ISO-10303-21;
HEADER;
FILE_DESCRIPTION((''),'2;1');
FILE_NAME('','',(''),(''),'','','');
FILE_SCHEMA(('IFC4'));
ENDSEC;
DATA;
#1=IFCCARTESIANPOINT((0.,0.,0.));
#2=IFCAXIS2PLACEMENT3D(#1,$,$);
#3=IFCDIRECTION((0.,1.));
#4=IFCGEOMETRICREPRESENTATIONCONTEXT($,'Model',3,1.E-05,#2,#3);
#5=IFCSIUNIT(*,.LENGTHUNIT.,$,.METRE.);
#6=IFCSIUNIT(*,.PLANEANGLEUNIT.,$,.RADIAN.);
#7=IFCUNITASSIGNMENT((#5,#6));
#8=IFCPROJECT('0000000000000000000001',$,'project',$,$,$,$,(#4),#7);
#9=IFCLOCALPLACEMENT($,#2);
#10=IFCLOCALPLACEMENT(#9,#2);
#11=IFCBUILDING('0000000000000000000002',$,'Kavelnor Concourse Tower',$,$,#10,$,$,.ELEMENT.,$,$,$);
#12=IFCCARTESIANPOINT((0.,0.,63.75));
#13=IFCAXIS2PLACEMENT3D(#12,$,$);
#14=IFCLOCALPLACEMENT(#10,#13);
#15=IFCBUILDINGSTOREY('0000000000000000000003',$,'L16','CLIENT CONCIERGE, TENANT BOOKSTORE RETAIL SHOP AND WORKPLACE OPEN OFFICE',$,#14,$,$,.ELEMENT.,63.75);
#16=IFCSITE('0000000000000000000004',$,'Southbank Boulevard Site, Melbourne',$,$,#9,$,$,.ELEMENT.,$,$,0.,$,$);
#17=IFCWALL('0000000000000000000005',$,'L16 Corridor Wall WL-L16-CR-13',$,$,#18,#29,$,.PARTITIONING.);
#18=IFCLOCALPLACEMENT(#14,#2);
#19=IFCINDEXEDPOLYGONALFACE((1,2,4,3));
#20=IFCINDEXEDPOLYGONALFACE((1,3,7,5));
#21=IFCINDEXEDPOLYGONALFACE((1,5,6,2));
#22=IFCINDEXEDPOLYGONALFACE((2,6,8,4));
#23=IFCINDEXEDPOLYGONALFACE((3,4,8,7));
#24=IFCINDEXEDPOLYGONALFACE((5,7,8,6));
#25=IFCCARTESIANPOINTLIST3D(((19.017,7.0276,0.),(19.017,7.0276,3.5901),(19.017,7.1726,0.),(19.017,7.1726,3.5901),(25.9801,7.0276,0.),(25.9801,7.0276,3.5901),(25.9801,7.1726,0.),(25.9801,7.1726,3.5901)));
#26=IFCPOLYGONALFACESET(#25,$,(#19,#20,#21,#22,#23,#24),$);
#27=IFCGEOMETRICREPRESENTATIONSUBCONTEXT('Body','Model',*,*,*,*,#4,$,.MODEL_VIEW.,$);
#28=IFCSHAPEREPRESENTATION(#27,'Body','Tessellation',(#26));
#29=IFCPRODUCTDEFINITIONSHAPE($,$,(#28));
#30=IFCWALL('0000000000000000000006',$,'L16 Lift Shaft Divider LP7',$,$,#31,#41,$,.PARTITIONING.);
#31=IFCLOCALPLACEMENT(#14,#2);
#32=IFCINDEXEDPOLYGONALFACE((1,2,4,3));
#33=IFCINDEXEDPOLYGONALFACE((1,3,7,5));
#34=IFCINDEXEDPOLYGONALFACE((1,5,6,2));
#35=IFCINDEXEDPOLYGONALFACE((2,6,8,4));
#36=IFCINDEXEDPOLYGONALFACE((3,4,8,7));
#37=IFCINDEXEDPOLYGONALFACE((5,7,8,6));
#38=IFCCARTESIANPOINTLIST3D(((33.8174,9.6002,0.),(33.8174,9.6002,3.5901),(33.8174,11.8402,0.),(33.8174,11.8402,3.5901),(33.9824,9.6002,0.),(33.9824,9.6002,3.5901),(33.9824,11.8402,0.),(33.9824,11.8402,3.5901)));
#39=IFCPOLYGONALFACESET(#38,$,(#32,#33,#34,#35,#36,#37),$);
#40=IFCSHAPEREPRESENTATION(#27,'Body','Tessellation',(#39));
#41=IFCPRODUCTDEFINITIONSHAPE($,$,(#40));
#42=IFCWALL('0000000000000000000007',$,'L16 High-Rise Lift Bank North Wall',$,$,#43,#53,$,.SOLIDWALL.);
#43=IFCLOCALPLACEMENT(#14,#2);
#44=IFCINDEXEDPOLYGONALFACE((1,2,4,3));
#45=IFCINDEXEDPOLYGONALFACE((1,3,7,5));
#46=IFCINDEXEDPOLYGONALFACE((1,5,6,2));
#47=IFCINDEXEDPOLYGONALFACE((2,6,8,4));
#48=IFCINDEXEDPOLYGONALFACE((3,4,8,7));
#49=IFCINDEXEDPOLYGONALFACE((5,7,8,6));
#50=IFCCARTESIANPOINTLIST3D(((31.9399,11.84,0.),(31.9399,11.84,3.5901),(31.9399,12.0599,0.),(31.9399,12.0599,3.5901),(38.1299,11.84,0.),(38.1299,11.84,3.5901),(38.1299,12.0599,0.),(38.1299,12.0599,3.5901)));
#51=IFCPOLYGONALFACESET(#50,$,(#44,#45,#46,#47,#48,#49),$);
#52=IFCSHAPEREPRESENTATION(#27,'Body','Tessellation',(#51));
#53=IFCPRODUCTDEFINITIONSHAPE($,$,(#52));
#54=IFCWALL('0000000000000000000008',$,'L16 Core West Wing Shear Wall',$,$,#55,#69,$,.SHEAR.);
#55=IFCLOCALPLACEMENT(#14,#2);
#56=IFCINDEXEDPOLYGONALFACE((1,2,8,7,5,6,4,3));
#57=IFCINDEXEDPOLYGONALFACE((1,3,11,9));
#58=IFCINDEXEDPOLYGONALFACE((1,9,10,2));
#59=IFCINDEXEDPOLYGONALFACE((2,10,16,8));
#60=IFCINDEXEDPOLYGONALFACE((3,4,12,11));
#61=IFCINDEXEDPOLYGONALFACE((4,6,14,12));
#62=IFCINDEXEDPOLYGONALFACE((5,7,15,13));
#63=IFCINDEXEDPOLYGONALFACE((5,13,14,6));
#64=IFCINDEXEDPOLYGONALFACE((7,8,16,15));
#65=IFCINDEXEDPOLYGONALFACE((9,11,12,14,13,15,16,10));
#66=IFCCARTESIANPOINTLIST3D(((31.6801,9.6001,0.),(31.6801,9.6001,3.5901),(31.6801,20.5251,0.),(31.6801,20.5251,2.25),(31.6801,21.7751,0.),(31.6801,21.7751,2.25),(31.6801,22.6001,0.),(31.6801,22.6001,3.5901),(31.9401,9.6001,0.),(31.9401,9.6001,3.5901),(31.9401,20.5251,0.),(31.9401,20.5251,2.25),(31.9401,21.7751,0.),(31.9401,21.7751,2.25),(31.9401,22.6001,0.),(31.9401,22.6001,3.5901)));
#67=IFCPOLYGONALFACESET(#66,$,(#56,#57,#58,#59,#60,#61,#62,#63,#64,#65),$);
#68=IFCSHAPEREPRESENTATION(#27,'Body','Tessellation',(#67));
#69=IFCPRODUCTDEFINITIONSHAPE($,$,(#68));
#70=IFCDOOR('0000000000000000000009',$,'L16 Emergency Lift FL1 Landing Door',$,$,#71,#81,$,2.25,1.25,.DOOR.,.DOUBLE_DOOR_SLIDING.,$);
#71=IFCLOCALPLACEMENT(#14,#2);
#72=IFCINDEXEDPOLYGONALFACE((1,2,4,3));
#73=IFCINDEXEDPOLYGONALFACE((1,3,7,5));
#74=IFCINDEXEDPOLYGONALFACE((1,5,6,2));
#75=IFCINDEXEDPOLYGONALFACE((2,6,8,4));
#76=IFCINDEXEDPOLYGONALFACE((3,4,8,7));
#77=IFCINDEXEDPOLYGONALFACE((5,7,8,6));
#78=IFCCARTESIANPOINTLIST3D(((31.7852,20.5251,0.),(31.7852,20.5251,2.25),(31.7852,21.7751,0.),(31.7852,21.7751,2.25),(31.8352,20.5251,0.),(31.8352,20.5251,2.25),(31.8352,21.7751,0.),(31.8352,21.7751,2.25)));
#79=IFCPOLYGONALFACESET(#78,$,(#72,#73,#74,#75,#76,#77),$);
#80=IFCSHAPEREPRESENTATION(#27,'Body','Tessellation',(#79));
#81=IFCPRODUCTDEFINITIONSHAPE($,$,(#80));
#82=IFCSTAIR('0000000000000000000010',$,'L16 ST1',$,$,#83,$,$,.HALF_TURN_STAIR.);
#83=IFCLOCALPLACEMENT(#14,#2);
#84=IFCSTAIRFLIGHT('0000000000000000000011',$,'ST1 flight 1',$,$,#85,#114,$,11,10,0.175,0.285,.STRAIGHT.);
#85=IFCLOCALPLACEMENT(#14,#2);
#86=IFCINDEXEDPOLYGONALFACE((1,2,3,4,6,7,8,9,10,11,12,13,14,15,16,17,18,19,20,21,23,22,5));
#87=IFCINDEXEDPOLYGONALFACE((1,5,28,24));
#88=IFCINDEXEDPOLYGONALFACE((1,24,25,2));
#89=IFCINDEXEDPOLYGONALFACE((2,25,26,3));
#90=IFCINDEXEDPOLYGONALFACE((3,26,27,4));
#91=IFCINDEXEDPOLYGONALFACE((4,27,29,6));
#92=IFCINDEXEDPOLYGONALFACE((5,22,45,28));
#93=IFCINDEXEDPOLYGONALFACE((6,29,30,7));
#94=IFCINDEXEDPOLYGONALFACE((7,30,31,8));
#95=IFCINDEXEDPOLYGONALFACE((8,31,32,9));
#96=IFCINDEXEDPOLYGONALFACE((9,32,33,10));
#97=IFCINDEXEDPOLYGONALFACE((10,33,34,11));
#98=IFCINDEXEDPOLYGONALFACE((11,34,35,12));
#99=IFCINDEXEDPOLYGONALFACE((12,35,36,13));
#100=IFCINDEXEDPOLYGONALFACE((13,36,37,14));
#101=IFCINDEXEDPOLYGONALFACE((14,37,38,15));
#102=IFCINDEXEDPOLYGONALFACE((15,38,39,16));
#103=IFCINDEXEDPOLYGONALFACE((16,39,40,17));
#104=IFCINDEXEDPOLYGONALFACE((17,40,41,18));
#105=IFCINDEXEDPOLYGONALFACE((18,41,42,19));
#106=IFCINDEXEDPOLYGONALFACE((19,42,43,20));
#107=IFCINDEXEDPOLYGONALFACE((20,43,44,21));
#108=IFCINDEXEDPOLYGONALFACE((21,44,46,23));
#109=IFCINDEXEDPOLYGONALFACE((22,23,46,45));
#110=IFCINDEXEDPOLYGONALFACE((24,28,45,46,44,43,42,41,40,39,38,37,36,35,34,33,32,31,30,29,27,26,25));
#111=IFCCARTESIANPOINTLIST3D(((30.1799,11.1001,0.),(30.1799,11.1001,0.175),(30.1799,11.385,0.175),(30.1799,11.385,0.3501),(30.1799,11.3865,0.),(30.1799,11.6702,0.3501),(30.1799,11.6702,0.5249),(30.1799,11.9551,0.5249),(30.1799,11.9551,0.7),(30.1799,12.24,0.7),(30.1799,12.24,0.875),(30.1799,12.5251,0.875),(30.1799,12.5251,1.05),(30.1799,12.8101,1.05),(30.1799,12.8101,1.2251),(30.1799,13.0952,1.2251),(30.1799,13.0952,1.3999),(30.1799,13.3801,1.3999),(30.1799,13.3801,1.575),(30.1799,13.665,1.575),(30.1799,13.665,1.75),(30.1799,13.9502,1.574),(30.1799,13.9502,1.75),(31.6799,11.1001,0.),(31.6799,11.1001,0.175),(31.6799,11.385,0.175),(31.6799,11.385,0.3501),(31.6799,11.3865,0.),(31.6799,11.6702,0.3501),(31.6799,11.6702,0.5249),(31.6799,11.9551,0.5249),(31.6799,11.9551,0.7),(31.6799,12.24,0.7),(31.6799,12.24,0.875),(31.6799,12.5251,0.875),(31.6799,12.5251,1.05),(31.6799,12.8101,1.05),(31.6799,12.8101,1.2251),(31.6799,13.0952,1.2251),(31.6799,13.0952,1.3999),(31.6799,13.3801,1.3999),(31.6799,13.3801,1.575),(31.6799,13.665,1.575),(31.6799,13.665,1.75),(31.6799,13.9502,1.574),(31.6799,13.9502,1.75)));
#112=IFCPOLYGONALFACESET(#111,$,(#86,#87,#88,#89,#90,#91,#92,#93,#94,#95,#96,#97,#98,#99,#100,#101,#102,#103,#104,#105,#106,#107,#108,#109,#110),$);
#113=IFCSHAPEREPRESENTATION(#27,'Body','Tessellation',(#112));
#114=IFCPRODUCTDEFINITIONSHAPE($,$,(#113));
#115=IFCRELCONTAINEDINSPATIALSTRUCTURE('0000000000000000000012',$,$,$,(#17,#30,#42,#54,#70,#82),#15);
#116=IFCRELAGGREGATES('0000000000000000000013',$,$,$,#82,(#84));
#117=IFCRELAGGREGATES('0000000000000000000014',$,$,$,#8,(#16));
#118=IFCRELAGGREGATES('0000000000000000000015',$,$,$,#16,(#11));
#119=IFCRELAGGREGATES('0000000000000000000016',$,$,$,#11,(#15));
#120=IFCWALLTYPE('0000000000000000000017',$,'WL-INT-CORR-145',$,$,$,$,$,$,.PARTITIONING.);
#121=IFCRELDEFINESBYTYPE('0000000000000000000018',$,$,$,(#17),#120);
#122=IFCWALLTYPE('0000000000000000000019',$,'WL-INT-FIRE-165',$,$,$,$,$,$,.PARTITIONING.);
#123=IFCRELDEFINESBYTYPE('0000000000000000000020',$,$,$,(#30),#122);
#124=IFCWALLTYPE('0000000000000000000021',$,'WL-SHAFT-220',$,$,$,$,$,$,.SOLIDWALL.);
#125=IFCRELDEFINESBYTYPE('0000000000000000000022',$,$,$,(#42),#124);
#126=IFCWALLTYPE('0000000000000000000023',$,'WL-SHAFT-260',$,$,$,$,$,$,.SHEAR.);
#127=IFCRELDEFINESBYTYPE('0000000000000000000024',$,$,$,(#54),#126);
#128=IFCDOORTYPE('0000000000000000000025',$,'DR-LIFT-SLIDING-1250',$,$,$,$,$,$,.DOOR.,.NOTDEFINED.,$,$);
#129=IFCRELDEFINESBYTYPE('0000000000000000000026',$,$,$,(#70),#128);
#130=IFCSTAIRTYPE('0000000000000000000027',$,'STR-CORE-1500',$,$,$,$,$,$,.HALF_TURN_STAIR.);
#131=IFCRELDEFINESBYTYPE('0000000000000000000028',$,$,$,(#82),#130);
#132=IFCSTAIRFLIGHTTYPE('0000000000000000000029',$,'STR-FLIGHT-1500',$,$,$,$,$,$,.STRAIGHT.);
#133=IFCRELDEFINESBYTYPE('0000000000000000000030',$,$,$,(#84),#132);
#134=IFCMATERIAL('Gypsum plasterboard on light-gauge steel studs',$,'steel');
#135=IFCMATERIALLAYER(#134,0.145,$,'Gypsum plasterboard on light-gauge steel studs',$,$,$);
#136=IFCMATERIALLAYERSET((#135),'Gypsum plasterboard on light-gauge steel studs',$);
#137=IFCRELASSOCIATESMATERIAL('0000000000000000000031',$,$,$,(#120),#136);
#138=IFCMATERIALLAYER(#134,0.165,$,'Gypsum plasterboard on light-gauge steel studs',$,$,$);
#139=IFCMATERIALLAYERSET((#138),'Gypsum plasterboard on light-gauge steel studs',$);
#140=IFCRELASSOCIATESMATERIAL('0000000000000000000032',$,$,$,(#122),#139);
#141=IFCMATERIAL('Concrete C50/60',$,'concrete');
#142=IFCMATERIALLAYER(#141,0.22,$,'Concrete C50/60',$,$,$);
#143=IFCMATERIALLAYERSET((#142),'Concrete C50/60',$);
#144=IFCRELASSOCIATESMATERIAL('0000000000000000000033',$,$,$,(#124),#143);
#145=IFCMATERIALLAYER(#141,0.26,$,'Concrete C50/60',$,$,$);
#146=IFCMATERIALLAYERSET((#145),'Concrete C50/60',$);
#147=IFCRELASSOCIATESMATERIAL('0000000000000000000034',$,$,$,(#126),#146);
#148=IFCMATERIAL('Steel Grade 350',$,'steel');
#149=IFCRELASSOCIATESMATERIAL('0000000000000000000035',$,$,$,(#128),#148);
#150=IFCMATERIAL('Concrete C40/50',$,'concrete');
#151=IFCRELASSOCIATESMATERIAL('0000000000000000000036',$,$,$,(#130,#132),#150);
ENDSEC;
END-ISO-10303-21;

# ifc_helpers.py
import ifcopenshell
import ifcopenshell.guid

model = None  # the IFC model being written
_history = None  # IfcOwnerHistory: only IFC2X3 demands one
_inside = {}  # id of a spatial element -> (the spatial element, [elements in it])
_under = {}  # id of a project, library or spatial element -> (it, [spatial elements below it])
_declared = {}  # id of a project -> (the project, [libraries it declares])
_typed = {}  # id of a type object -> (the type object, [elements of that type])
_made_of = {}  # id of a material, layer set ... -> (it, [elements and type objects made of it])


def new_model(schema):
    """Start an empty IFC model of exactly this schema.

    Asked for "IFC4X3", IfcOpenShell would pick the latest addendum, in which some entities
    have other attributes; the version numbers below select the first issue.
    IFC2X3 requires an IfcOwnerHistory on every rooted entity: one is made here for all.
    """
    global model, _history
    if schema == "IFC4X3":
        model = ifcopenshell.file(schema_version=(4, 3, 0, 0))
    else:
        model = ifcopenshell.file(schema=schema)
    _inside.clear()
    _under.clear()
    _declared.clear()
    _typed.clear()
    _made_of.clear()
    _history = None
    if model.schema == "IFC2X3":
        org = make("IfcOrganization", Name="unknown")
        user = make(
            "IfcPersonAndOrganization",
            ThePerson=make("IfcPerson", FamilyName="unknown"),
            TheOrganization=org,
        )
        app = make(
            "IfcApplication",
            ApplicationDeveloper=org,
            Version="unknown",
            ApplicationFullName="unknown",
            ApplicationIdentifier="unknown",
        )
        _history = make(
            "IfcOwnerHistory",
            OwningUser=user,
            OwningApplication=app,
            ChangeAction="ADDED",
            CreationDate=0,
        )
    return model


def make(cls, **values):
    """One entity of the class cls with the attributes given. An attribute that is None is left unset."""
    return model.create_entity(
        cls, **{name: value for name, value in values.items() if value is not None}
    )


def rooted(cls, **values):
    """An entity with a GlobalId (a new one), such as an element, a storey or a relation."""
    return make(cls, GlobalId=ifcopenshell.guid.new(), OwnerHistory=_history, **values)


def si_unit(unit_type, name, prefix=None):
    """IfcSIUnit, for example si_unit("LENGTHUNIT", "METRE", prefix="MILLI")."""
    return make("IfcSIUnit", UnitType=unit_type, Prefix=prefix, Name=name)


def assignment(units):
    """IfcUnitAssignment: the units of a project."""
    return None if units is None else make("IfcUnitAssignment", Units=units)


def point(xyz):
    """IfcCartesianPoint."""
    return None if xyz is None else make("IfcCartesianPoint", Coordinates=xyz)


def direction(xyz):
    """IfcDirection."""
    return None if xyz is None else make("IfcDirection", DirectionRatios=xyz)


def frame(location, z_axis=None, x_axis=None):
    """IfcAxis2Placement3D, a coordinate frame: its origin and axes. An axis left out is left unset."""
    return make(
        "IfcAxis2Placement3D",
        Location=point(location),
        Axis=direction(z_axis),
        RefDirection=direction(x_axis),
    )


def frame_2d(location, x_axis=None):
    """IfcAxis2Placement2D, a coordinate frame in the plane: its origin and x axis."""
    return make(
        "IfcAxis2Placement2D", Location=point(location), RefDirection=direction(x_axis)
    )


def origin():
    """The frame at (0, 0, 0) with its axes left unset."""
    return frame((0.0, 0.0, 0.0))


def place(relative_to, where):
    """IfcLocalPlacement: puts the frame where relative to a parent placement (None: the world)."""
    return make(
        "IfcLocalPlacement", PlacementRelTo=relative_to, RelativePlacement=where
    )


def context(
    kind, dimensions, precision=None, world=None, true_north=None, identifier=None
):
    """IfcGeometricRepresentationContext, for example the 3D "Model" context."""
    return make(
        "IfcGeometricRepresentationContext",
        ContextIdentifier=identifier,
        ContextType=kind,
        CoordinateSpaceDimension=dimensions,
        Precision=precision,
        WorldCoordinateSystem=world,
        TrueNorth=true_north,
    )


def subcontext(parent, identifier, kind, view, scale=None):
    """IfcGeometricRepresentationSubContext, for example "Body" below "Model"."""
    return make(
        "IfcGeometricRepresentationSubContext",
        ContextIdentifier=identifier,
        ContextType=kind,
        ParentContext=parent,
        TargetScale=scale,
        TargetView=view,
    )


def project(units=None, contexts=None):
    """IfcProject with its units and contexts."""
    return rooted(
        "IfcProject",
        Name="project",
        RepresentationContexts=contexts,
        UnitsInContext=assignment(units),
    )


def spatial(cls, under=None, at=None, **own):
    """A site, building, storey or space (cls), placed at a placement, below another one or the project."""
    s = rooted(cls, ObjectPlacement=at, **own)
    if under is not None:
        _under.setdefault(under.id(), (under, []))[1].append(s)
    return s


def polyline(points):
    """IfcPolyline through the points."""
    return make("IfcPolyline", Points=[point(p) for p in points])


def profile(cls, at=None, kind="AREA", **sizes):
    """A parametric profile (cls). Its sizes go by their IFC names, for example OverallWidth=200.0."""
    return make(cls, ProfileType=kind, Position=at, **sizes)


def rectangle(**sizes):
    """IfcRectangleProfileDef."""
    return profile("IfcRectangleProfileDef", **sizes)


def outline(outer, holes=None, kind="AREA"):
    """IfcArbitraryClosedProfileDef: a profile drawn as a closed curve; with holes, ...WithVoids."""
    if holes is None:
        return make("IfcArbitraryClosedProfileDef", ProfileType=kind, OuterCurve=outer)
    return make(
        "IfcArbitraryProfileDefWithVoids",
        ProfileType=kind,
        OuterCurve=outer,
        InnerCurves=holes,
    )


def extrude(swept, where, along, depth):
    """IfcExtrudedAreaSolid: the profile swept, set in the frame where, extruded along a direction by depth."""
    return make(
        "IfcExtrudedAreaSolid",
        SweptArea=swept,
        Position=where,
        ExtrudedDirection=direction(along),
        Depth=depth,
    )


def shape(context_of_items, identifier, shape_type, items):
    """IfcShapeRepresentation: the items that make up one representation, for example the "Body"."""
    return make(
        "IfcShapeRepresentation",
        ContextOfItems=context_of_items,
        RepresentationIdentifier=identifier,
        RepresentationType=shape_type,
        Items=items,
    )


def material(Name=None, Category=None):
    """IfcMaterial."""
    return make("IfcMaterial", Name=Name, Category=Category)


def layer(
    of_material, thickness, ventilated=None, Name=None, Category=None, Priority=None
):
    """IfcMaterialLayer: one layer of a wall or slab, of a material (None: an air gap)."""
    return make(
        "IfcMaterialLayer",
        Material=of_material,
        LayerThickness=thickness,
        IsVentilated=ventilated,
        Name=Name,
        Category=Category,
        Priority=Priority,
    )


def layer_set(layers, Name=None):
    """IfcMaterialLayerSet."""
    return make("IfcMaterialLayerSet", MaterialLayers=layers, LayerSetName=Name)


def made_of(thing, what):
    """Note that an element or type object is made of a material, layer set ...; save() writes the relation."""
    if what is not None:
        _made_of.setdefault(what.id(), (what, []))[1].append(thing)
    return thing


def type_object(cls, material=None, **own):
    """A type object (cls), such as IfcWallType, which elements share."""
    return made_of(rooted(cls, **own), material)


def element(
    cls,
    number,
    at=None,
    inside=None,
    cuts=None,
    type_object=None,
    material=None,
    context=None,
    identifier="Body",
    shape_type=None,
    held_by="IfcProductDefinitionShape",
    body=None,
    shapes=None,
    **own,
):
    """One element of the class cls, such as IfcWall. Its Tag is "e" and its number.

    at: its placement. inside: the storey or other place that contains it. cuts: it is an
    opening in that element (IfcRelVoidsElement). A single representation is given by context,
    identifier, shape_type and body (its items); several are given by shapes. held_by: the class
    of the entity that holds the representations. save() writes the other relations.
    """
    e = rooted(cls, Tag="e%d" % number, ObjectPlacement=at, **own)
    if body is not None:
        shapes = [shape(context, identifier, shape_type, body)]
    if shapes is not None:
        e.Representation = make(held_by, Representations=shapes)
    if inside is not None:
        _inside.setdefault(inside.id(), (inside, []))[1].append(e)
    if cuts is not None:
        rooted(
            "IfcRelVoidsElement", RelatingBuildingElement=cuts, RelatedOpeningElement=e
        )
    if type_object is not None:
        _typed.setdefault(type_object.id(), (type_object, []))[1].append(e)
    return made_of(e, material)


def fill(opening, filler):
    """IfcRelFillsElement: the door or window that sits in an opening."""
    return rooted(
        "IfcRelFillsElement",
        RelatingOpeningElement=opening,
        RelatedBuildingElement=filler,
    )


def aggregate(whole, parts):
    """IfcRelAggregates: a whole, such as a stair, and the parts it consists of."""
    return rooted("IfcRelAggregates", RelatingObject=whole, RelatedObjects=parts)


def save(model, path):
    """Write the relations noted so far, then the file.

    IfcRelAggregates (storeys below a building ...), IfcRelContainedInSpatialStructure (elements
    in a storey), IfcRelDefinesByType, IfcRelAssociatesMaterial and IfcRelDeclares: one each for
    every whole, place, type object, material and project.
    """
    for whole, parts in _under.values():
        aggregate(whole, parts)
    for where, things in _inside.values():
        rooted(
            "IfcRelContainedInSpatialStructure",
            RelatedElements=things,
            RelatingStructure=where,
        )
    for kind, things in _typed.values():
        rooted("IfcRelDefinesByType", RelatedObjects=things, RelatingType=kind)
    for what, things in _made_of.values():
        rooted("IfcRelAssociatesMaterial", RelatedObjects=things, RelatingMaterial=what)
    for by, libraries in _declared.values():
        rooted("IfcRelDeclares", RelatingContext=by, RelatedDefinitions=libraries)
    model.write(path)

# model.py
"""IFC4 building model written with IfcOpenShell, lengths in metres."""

from ifc_helpers import new_model, si_unit, direction, frame, frame_2d, origin, place, context, subcontext, project, spatial, polyline, rectangle, outline, extrude, material, layer, layer_set, type_object, element, fill, aggregate, save


model = new_model("IFC4")

# Units and contexts
model_context = context("Model", 3, precision=1e-05, world=origin(), true_north=direction((0.0, 1.0)))
body_context = subcontext(model_context, "Body", "Model", "MODEL_VIEW")
ifc_project = project(units=[si_unit("LENGTHUNIT", "METRE"), si_unit("PLANEANGLEUNIT", "RADIAN")], contexts=[model_context])

# Site, building, storey
site_placement = place(None, origin())
site = spatial("IfcSite", under=ifc_project, at=site_placement, Name="Southbank Boulevard Site, Melbourne", CompositionType="ELEMENT", RefElevation=0.0)
building_placement = place(site_placement, origin())
building = spatial("IfcBuilding", under=site, at=building_placement, Name="Kavelnor Concourse Tower", CompositionType="ELEMENT")
storey_placement = place(building_placement, frame((0.0, 0.0, 63.75)))
storey = spatial("IfcBuildingStorey", under=building, at=storey_placement, Name="L16", Description="CLIENT CONCIERGE, TENANT BOOKSTORE RETAIL SHOP AND WORKPLACE OPEN OFFICE", CompositionType="ELEMENT", Elevation=63.75)

# Shared definitions
ifc_material_1 = material(Name="Steel Grade 350", Category="steel")

# Shared definitions
ifc_material_2 = material(Name="Gypsum plasterboard on light-gauge steel studs", Category="steel")
ifc_layer_1 = layer(ifc_material_2, 0.145, Name="Gypsum plasterboard on light-gauge steel studs")
ifc_layer_set_1 = layer_set([ifc_layer_1], Name="Gypsum plasterboard on light-gauge steel studs")
wall_type_1 = type_object("IfcWallType", Name="WL-INT-CORR-145", PredefinedType="PARTITIONING", material=ifc_layer_set_1)

# Walls
wall_1_placement = place(storey_placement, frame((25.98, 7.1001, 0.0), z_axis=(0.0, 0.0, 1.0), x_axis=(-1.0, 0.0, 0.0)))
element("IfcWall", 1, at=wall_1_placement, inside=storey, type_object=wall_type_1, Name="L16 Corridor Wall WL-L16-CR-13", PredefinedType="PARTITIONING", context=body_context, shape_type="SweptSolid", body=[
    extrude(rectangle(XDim=6.9631, YDim=0.145, at=frame_2d((3.4814, 0.0))), origin(), (0.0, 0.0, 1.0), 3.5901),
])
ifc_layer_2 = layer(ifc_material_2, 0.165, Name="Gypsum plasterboard on light-gauge steel studs")
ifc_layer_set_2 = layer_set([ifc_layer_2], Name="Gypsum plasterboard on light-gauge steel studs")
wall_type_2 = type_object("IfcWallType", Name="WL-INT-FIRE-165", PredefinedType="PARTITIONING", material=ifc_layer_set_2)
wall_2_placement = place(storey_placement, frame((33.8999, 9.6001, 0.0), z_axis=(0.0, 0.0, 1.0), x_axis=(0.0, 1.0, 0.0)))
element("IfcWall", 2, at=wall_2_placement, inside=storey, type_object=wall_type_2, Name="L16 Lift Shaft Divider LP7", PredefinedType="PARTITIONING", context=body_context, shape_type="SweptSolid", body=[
    extrude(rectangle(XDim=2.24, YDim=0.165, at=frame_2d((1.1201, 0.0))), origin(), (0.0, 0.0, 1.0), 3.5901),
])
ifc_material_3 = material(Name="Concrete C50/60", Category="concrete")
ifc_layer_3 = layer(ifc_material_3, 0.22, Name="Concrete C50/60")
ifc_layer_set_3 = layer_set([ifc_layer_3], Name="Concrete C50/60")
wall_type_3 = type_object("IfcWallType", Name="WL-SHAFT-220", PredefinedType="SOLIDWALL", material=ifc_layer_set_3)
wall_3_placement = place(storey_placement, frame((31.9399, 11.95, 0.0), z_axis=(0.0, 0.0, 1.0), x_axis=(1.0, 0.0, 0.0)))
element("IfcWall", 3, at=wall_3_placement, inside=storey, type_object=wall_type_3, Name="L16 High-Rise Lift Bank North Wall", PredefinedType="SOLIDWALL", context=body_context, shape_type="SweptSolid", body=[
    extrude(rectangle(XDim=6.1899, YDim=0.22, at=frame_2d((3.095, 0.0))), origin(), (0.0, 0.0, 1.0), 3.5901),
])

# Wall, opening, door
ifc_layer_4 = layer(ifc_material_3, 0.26, Name="Concrete C50/60")
ifc_layer_set_4 = layer_set([ifc_layer_4], Name="Concrete C50/60")
wall_type_4 = type_object("IfcWallType", Name="WL-SHAFT-260", PredefinedType="SHEAR", material=ifc_layer_set_4)
wall_4_placement = place(storey_placement, frame((31.8101, 9.6001, 0.0), z_axis=(0.0, 0.0, 1.0), x_axis=(0.0, 1.0, 0.0)))
wall_4 = element("IfcWall", 4, at=wall_4_placement, inside=storey, type_object=wall_type_4, Name="L16 Core West Wing Shear Wall", PredefinedType="SHEAR", context=body_context, shape_type="SweptSolid", body=[
    extrude(rectangle(XDim=13.0, YDim=0.26, at=frame_2d((6.5, 0.0))), origin(), (0.0, 0.0, 1.0), 3.5901),
])
opening_1_placement = place(wall_4_placement, frame((10.925, 0.0, 0.0)))
opening_1 = element("IfcOpeningElement", 5, at=opening_1_placement, cuts=wall_4, PredefinedType="OPENING", context=body_context, shape_type="SweptSolid", body=[
    extrude(rectangle(XDim=1.25, YDim=2.25, at=frame_2d((0.625, 1.125))), frame((0.0, 0.1401, 0.0), z_axis=(0.0, -1.0, 0.0), x_axis=(1.0, 0.0, 0.0)), (0.0, 0.0, 1.0), 0.28),
])
door_type_1 = type_object("IfcDoorType", Name="DR-LIFT-SLIDING-1250", OperationType="NOTDEFINED", PredefinedType="DOOR", material=ifc_material_1)
door_1_placement = place(opening_1_placement, origin())
door_1 = element("IfcDoor", 6, at=door_1_placement, inside=storey, type_object=door_type_1, Name="L16 Emergency Lift FL1 Landing Door", OperationType="DOUBLE_DOOR_SLIDING", OverallHeight=2.25, OverallWidth=1.25, PredefinedType="DOOR", context=body_context, shape_type="SweptSolid", body=[
    extrude(rectangle(XDim=1.25, YDim=2.25, at=frame_2d((0.625, 1.125))), frame((0.0, 0.0249, 0.0), z_axis=(0.0, -1.0, 0.0), x_axis=(1.0, 0.0, 0.0)), (0.0, 0.0, 1.0), 0.05),
])
fill(opening_1, door_1)

# Stair, stair flight
ifc_material_4 = material(Name="Concrete C40/50", Category="concrete")
stair_type = type_object("IfcStairType", Name="STR-CORE-1500", PredefinedType="HALF_TURN_STAIR", material=ifc_material_4)
stair_placement = place(storey_placement, origin())
stair = element("IfcStair", 7, at=stair_placement, inside=storey, type_object=stair_type, Name="L16 ST1", PredefinedType="HALF_TURN_STAIR")
stair_flight_type = type_object("IfcStairFlightType", Name="STR-FLIGHT-1500", PredefinedType="STRAIGHT", material=ifc_material_4)
stair_flight_placement = place(storey_placement, frame((30.9299, 11.1001, 0.0), z_axis=(0.0, 0.0, 1.0), x_axis=(0.0, 1.0, 0.0)))
stair_flight = element("IfcStairFlight", 8, at=stair_flight_placement, type_object=stair_flight_type, Name="ST1 flight 1", NumberOfRisers=11, NumberOfTreads=10, PredefinedType="STRAIGHT", RiserHeight=0.175, TreadLength=0.285, context=body_context, shape_type="SweptSolid", body=[
    extrude(outline(polyline([(0.0, 0.0), (0.0, 0.175), (0.2849, 0.175), (0.2849, 0.3501), (0.5701, 0.3501), (0.5701, 0.5249), (0.855, 0.5249), (0.855, 0.7), (1.1399, 0.7), (1.1399, 0.875), (1.425, 0.875), (1.425, 1.05), (1.71, 1.05), (1.71, 1.2251), (1.9951, 1.2251), (1.9951, 1.3999), (2.28, 1.3999), (2.28, 1.575), (2.5649, 1.575), (2.5649, 1.75), (2.8501, 1.75), (2.8501, 1.925), (2.8501, 1.574), (0.2864, 0.0), (0.0, 0.0)])), frame((0.0, 0.75, 0.0), z_axis=(0.0, -1.0, 0.0), x_axis=(1.0, 0.0, 0.0)), (0.0, 0.0, 1.0), 1.5),
])
aggregate(stair, [stair_flight])

save(model, "model.ifc")
